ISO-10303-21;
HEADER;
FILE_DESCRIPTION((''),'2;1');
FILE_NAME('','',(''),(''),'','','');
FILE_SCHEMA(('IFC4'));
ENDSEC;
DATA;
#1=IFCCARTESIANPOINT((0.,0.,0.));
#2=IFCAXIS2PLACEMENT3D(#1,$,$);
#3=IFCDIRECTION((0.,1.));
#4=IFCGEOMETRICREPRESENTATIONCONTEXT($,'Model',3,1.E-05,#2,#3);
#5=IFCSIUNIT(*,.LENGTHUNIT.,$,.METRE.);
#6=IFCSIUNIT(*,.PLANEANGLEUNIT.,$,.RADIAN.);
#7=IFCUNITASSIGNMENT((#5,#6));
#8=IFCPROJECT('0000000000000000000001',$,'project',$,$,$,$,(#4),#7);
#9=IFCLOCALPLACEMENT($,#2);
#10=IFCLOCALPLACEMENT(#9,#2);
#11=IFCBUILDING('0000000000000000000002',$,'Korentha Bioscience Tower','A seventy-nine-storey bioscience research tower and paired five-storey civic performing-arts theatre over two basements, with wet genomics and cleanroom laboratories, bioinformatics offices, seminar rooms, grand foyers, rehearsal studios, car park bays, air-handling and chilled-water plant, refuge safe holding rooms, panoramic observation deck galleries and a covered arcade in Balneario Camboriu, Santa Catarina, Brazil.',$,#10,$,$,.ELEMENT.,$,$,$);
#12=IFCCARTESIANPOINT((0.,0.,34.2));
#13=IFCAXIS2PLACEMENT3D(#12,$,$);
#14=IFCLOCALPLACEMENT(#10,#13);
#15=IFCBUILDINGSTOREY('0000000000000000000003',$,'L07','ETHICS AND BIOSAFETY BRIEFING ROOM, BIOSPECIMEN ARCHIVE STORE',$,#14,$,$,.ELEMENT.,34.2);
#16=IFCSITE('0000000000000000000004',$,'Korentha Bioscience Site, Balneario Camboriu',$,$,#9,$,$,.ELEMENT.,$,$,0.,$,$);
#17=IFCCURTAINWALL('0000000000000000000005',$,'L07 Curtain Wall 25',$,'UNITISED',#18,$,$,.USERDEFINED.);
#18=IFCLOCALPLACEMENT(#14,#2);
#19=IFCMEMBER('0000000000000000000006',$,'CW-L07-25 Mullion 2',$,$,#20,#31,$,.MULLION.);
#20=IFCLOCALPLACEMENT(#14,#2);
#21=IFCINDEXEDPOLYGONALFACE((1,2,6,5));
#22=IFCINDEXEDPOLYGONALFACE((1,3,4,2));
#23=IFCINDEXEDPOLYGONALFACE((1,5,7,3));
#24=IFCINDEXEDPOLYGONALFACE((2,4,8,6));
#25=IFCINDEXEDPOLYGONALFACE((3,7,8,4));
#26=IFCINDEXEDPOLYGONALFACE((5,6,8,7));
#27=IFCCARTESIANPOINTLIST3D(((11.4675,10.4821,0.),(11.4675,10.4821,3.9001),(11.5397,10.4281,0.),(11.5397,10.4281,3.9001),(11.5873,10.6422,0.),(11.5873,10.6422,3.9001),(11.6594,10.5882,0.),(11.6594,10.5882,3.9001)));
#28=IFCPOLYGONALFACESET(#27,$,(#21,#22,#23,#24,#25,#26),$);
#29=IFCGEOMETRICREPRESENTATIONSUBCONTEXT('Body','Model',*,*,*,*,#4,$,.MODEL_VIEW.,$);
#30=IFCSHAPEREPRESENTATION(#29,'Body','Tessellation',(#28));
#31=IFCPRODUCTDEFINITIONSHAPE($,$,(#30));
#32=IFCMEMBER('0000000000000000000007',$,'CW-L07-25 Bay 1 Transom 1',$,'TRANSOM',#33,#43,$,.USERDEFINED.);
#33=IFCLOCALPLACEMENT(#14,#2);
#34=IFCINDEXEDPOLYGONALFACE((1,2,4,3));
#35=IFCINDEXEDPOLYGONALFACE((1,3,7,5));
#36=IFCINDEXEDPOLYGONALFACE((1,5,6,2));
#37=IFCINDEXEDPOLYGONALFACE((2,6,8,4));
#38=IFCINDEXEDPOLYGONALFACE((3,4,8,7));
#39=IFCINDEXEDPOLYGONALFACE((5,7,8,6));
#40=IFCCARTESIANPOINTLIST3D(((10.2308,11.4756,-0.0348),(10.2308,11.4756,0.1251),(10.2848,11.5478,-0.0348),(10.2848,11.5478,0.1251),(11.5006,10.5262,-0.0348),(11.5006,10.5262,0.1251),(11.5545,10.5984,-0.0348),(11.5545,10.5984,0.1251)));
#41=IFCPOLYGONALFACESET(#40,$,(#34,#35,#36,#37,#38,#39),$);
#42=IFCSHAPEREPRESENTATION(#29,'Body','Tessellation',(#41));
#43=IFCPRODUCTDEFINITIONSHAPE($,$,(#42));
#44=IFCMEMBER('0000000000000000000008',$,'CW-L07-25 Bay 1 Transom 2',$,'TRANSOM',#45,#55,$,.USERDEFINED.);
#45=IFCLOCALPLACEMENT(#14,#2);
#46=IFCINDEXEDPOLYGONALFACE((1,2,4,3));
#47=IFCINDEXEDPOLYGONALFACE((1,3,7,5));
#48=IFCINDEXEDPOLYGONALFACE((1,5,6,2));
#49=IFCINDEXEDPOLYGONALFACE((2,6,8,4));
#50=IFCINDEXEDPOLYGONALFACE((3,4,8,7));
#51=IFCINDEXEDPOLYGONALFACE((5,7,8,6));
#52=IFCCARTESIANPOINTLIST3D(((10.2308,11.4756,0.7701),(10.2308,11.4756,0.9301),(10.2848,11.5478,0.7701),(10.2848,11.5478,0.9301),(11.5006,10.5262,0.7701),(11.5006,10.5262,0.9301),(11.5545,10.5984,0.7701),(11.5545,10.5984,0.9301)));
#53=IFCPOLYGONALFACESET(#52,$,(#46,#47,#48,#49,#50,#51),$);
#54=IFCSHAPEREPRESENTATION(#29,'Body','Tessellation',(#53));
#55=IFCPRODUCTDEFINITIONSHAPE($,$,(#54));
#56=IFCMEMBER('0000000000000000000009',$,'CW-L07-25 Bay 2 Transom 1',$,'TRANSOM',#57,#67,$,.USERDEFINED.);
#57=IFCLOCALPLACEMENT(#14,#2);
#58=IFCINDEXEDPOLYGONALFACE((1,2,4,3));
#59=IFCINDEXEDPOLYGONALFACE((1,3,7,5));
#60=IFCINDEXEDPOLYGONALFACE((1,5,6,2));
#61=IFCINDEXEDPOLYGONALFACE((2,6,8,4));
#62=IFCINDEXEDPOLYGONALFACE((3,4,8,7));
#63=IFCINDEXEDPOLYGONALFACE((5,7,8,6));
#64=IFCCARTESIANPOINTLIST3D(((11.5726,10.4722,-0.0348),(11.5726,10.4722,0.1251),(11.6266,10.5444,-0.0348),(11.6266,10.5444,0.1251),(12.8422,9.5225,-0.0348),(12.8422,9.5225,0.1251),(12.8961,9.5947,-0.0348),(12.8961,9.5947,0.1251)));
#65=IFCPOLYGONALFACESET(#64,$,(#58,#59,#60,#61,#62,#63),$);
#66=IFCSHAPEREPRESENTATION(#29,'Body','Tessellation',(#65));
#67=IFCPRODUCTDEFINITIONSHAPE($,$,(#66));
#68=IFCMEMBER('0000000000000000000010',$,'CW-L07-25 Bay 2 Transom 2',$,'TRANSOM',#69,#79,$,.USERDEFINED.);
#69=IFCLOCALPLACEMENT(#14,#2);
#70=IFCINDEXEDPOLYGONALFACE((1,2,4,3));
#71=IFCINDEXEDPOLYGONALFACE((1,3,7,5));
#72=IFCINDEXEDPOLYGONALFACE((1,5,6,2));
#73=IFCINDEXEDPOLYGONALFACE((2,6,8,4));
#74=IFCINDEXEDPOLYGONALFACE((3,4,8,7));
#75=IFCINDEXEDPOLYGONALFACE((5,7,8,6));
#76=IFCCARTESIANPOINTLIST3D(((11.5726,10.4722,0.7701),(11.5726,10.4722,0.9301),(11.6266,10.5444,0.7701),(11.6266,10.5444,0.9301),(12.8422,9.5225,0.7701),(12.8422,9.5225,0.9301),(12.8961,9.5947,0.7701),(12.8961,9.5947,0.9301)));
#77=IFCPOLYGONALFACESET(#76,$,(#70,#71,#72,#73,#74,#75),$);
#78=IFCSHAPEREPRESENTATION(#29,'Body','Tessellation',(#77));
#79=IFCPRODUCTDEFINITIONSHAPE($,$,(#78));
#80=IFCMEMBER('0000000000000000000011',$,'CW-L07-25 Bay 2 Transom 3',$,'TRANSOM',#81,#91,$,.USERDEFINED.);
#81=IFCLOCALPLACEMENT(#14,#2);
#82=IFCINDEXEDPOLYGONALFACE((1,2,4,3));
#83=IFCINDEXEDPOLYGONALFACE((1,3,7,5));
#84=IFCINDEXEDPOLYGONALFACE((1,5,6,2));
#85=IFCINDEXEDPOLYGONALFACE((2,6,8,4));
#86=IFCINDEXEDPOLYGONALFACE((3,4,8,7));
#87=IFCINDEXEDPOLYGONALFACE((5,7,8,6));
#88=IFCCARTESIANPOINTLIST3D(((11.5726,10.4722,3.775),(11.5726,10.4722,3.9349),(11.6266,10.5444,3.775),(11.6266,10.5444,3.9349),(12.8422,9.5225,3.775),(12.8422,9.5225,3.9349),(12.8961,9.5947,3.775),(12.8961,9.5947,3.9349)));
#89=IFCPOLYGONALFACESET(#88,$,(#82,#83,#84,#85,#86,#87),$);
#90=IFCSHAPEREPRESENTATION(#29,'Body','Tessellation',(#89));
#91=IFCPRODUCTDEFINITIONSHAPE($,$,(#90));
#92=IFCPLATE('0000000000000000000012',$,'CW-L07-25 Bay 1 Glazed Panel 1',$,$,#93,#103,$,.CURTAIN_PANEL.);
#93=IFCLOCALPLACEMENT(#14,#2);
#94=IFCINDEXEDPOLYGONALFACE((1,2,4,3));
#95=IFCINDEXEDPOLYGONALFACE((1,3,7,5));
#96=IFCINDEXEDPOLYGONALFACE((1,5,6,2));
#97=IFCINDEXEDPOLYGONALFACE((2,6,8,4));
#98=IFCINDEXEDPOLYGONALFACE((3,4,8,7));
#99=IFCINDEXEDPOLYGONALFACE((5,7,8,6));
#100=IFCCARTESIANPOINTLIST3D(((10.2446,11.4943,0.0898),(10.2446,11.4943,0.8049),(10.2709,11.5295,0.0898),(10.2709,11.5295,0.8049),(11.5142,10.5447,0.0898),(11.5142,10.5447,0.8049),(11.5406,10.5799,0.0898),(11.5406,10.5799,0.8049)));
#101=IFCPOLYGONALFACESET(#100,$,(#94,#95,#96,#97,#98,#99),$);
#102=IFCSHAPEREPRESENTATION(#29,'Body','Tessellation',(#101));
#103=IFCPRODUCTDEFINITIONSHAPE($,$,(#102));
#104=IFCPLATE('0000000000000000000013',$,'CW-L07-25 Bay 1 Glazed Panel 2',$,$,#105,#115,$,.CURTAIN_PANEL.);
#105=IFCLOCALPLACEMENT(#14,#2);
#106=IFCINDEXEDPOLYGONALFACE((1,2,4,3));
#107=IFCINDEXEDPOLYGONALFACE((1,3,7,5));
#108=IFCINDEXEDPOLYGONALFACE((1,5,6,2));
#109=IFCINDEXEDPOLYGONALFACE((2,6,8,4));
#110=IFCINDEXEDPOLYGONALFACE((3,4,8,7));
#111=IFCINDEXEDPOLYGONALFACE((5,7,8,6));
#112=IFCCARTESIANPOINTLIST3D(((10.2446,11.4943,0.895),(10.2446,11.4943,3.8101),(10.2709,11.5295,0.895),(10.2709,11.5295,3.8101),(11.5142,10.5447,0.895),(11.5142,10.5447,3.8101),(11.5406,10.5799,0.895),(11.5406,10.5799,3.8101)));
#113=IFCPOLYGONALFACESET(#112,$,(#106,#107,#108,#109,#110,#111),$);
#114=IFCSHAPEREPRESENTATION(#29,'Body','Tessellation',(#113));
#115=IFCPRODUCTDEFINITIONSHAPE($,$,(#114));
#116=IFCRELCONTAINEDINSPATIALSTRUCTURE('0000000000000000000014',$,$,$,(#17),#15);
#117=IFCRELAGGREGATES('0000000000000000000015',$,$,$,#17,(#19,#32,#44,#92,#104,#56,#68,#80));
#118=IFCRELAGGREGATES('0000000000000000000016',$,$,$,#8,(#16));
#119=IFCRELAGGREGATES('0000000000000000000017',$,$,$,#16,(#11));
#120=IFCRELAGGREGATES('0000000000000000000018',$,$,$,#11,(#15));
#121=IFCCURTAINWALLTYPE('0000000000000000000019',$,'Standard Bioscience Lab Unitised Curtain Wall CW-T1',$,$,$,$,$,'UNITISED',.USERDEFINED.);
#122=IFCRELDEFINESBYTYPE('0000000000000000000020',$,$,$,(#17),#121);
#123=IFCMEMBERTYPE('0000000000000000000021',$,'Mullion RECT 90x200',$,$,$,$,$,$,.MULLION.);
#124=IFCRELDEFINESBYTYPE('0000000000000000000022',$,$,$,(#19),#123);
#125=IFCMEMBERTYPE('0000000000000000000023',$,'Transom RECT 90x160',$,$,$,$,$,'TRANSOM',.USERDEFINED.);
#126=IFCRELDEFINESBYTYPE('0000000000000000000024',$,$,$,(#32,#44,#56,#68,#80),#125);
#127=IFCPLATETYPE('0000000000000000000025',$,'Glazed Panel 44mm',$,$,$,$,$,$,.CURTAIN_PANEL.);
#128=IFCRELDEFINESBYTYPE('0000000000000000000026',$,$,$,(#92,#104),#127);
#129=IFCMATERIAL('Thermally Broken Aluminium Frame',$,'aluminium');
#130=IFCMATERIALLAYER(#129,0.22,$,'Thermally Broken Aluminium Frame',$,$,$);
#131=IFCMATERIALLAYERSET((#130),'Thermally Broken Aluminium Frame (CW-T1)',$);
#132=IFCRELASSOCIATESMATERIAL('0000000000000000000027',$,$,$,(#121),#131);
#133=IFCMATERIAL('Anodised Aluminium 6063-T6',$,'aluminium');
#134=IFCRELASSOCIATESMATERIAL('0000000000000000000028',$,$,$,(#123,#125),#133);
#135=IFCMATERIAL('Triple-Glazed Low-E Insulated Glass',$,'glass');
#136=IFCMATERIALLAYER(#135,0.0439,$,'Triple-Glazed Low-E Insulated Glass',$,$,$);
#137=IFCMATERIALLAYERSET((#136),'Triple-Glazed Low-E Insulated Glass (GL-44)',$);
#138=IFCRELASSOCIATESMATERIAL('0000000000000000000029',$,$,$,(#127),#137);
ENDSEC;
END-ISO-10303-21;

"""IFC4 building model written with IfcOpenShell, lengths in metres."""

from ifc_helpers import new_model, si_unit, direction, frame, origin, origin_2d, place, context, subcontext, project, spatial, rectangle, extrude, material, layer, layer_set, material_profile, profile_set, type_object, element, aggregate, save


model = new_model("IFC4")

# Units and contexts
model_context = context("Model", 3, precision=1e-05, world=origin(), true_north=direction((0.0, 1.0)))
body_context = subcontext(model_context, "Body", "Model", "MODEL_VIEW")
ifc_project = project(units=[si_unit("LENGTHUNIT", "METRE"), si_unit("PLANEANGLEUNIT", "RADIAN")], contexts=[model_context])

# Site, building, storey
site_placement = place(None, origin())
site = spatial("IfcSite", under=ifc_project, at=site_placement, Name="Korentha Bioscience Site, Balneario Camboriu", CompositionType="ELEMENT", RefElevation=0.0)
building_placement = place(site_placement, origin())
building = spatial("IfcBuilding", under=site, at=building_placement, Name="Korentha Bioscience Tower", Description="A seventy-nine-storey bioscience research tower and paired five-storey civic performing-arts theatre over two basements, with wet genomics and cleanroom laboratories, bioinformatics offices, seminar rooms, grand foyers, rehearsal studios, car park bays, air-handling and chilled-water plant, refuge safe holding rooms, panoramic observation deck galleries and a covered arcade in Balneario Camboriu, Santa Catarina, Brazil.", CompositionType="ELEMENT")
storey_placement = place(building_placement, frame((0.0, 0.0, 34.2)))
storey = spatial("IfcBuildingStorey", under=building, at=storey_placement, Name="L07", Description="ETHICS AND BIOSAFETY BRIEFING ROOM, BIOSPECIMEN ARCHIVE STORE", CompositionType="ELEMENT", Elevation=34.2)

# Curtain wall, members, plates
ifc_material_1 = material(Name="Thermally Broken Aluminium Frame", Category="aluminium")
ifc_layer_1 = layer(ifc_material_1, 0.22, Name="Thermally Broken Aluminium Frame")
ifc_layer_set_1 = layer_set([ifc_layer_1], Name="Thermally Broken Aluminium Frame (CW-T1)")
curtain_wall_type = type_object("IfcCurtainWallType", Name="Standard Bioscience Lab Unitised Curtain Wall CW-T1", ElementType="UNITISED", PredefinedType="USERDEFINED", material=ifc_layer_set_1)
curtain_wall_placement = place(storey_placement, origin())
curtain_wall = element("IfcCurtainWall", 1, at=curtain_wall_placement, inside=storey, type_object=curtain_wall_type, Name="L07 Curtain Wall 25", ObjectType="UNITISED", PredefinedType="USERDEFINED")
ifc_material_2 = material(Name="Anodised Aluminium 6063-T6", Category="aluminium")
ifc_material_profile_1 = material_profile(ifc_material_2, rectangle(XDim=0.0901, YDim=0.2, at=origin_2d()), Name="Anodised Aluminium 6063-T6")
ifc_profile_set_1 = profile_set([ifc_material_profile_1], Name="Anodised Aluminium 6063-T6 (CW-MUL)")
member_type_1 = type_object("IfcMemberType", Name="Mullion RECT 90x200", PredefinedType="MULLION", material=ifc_profile_set_1)
member_1_placement = place(storey_placement, frame((11.5635, 10.5352, 0.0), z_axis=(0.0, 0.0, 1.0), x_axis=(0.800798, -0.598935, 0.0)))
member_1 = element("IfcMember", 2, at=member_1_placement, type_object=member_type_1, Name="CW-L07-25 Mullion 2", PredefinedType="MULLION", context=body_context, shape_type="SweptSolid", body=[
    extrude(rectangle(XDim=0.0901, YDim=0.2, at=origin_2d()), origin(), (0.0, 0.0, 1.0), 3.9001),
])
ifc_material_profile_2 = material_profile(ifc_material_2, rectangle(XDim=0.0901, YDim=0.1599, at=origin_2d()), Name="Anodised Aluminium 6063-T6")
ifc_profile_set_2 = profile_set([ifc_material_profile_2], Name="Anodised Aluminium 6063-T6 (CW-TRN)")
member_type_2 = type_object("IfcMemberType", Name="Transom RECT 90x160", ElementType="TRANSOM", PredefinedType="USERDEFINED", material=ifc_profile_set_2)
member_2_placement = place(storey_placement, frame((10.2578, 11.5117, 0.0452), z_axis=(0.800868, -0.598841, 0.0), x_axis=(0.598841, 0.800868, 0.0)))
member_2 = element("IfcMember", 3, at=member_2_placement, type_object=member_type_2, Name="CW-L07-25 Bay 1 Transom 1", ObjectType="TRANSOM", PredefinedType="USERDEFINED", context=body_context, shape_type="SweptSolid", body=[
    extrude(rectangle(XDim=0.0901, YDim=0.1599, at=origin_2d()), origin(), (0.0, 0.0, 1.0), 1.5854),
])
member_3_placement = place(storey_placement, frame((10.2578, 11.5117, 0.8501), z_axis=(0.800868, -0.598841, 0.0), x_axis=(0.598841, 0.800868, 0.0)))
member_3 = element("IfcMember", 4, at=member_3_placement, type_object=member_type_2, Name="CW-L07-25 Bay 1 Transom 2", ObjectType="TRANSOM", PredefinedType="USERDEFINED", context=body_context, shape_type="SweptSolid", body=[
    extrude(rectangle(XDim=0.0901, YDim=0.1599, at=origin_2d()), origin(), (0.0, 0.0, 1.0), 1.5854),
])
member_4_placement = place(storey_placement, frame((11.5996, 10.5083, 0.0452), z_axis=(0.800739, -0.599014, 0.0), x_axis=(0.599014, 0.800739, 0.0)))
member_4 = element("IfcMember", 5, at=member_4_placement, type_object=member_type_2, Name="CW-L07-25 Bay 2 Transom 1", ObjectType="TRANSOM", PredefinedType="USERDEFINED", context=body_context, shape_type="SweptSolid", body=[
    extrude(rectangle(XDim=0.0901, YDim=0.1599, at=origin_2d()), origin(), (0.0, 0.0, 1.0), 1.5854),
])
member_5_placement = place(storey_placement, frame((11.5996, 10.5083, 0.8501), z_axis=(0.800739, -0.599014, 0.0), x_axis=(0.599014, 0.800739, 0.0)))
member_5 = element("IfcMember", 6, at=member_5_placement, type_object=member_type_2, Name="CW-L07-25 Bay 2 Transom 2", ObjectType="TRANSOM", PredefinedType="USERDEFINED", context=body_context, shape_type="SweptSolid", body=[
    extrude(rectangle(XDim=0.0901, YDim=0.1599, at=origin_2d()), origin(), (0.0, 0.0, 1.0), 1.5854),
])
member_6_placement = place(storey_placement, frame((11.5996, 10.5083, 3.855), z_axis=(0.800739, -0.599014, 0.0), x_axis=(0.599014, 0.800739, 0.0)))
member_6 = element("IfcMember", 7, at=member_6_placement, type_object=member_type_2, Name="CW-L07-25 Bay 2 Transom 3", ObjectType="TRANSOM", PredefinedType="USERDEFINED", context=body_context, shape_type="SweptSolid", body=[
    extrude(rectangle(XDim=0.0901, YDim=0.1599, at=origin_2d()), origin(), (0.0, 0.0, 1.0), 1.5854),
])
ifc_material_3 = material(Name="Triple-Glazed Low-E Insulated Glass", Category="glass")
ifc_layer_2 = layer(ifc_material_3, 0.0439, Name="Triple-Glazed Low-E Insulated Glass")
ifc_layer_set_2 = layer_set([ifc_layer_2], Name="Triple-Glazed Low-E Insulated Glass (GL-44)")
plate_type = type_object("IfcPlateType", Name="Glazed Panel 44mm", PredefinedType="CURTAIN_PANEL", material=ifc_layer_set_2)
plate_1_placement = place(storey_placement, frame((10.8926, 11.0371, 0.0898), z_axis=(0.0, 0.0, 1.0), x_axis=(0.800798, -0.598935, 0.0)))
plate_1 = element("IfcPlate", 8, at=plate_1_placement, type_object=plate_type, Name="CW-L07-25 Bay 1 Glazed Panel 1", PredefinedType="CURTAIN_PANEL", context=body_context, shape_type="SweptSolid", body=[
    extrude(rectangle(XDim=1.5854, YDim=0.0439, at=origin_2d()), origin(), (0.0, 0.0, 1.0), 0.7151),
])
plate_2_placement = place(storey_placement, frame((10.8926, 11.0371, 0.895), z_axis=(0.0, 0.0, 1.0), x_axis=(0.800798, -0.598935, 0.0)))
plate_2 = element("IfcPlate", 9, at=plate_2_placement, type_object=plate_type, Name="CW-L07-25 Bay 1 Glazed Panel 2", PredefinedType="CURTAIN_PANEL", context=body_context, shape_type="SweptSolid", body=[
    extrude(rectangle(XDim=1.5854, YDim=0.0439, at=origin_2d()), origin(), (0.0, 0.0, 1.0), 2.915),
])
aggregate(curtain_wall, [member_1, member_2, member_3, plate_1, plate_2, member_4, member_5, member_6])

save(model, "model.ifc")
